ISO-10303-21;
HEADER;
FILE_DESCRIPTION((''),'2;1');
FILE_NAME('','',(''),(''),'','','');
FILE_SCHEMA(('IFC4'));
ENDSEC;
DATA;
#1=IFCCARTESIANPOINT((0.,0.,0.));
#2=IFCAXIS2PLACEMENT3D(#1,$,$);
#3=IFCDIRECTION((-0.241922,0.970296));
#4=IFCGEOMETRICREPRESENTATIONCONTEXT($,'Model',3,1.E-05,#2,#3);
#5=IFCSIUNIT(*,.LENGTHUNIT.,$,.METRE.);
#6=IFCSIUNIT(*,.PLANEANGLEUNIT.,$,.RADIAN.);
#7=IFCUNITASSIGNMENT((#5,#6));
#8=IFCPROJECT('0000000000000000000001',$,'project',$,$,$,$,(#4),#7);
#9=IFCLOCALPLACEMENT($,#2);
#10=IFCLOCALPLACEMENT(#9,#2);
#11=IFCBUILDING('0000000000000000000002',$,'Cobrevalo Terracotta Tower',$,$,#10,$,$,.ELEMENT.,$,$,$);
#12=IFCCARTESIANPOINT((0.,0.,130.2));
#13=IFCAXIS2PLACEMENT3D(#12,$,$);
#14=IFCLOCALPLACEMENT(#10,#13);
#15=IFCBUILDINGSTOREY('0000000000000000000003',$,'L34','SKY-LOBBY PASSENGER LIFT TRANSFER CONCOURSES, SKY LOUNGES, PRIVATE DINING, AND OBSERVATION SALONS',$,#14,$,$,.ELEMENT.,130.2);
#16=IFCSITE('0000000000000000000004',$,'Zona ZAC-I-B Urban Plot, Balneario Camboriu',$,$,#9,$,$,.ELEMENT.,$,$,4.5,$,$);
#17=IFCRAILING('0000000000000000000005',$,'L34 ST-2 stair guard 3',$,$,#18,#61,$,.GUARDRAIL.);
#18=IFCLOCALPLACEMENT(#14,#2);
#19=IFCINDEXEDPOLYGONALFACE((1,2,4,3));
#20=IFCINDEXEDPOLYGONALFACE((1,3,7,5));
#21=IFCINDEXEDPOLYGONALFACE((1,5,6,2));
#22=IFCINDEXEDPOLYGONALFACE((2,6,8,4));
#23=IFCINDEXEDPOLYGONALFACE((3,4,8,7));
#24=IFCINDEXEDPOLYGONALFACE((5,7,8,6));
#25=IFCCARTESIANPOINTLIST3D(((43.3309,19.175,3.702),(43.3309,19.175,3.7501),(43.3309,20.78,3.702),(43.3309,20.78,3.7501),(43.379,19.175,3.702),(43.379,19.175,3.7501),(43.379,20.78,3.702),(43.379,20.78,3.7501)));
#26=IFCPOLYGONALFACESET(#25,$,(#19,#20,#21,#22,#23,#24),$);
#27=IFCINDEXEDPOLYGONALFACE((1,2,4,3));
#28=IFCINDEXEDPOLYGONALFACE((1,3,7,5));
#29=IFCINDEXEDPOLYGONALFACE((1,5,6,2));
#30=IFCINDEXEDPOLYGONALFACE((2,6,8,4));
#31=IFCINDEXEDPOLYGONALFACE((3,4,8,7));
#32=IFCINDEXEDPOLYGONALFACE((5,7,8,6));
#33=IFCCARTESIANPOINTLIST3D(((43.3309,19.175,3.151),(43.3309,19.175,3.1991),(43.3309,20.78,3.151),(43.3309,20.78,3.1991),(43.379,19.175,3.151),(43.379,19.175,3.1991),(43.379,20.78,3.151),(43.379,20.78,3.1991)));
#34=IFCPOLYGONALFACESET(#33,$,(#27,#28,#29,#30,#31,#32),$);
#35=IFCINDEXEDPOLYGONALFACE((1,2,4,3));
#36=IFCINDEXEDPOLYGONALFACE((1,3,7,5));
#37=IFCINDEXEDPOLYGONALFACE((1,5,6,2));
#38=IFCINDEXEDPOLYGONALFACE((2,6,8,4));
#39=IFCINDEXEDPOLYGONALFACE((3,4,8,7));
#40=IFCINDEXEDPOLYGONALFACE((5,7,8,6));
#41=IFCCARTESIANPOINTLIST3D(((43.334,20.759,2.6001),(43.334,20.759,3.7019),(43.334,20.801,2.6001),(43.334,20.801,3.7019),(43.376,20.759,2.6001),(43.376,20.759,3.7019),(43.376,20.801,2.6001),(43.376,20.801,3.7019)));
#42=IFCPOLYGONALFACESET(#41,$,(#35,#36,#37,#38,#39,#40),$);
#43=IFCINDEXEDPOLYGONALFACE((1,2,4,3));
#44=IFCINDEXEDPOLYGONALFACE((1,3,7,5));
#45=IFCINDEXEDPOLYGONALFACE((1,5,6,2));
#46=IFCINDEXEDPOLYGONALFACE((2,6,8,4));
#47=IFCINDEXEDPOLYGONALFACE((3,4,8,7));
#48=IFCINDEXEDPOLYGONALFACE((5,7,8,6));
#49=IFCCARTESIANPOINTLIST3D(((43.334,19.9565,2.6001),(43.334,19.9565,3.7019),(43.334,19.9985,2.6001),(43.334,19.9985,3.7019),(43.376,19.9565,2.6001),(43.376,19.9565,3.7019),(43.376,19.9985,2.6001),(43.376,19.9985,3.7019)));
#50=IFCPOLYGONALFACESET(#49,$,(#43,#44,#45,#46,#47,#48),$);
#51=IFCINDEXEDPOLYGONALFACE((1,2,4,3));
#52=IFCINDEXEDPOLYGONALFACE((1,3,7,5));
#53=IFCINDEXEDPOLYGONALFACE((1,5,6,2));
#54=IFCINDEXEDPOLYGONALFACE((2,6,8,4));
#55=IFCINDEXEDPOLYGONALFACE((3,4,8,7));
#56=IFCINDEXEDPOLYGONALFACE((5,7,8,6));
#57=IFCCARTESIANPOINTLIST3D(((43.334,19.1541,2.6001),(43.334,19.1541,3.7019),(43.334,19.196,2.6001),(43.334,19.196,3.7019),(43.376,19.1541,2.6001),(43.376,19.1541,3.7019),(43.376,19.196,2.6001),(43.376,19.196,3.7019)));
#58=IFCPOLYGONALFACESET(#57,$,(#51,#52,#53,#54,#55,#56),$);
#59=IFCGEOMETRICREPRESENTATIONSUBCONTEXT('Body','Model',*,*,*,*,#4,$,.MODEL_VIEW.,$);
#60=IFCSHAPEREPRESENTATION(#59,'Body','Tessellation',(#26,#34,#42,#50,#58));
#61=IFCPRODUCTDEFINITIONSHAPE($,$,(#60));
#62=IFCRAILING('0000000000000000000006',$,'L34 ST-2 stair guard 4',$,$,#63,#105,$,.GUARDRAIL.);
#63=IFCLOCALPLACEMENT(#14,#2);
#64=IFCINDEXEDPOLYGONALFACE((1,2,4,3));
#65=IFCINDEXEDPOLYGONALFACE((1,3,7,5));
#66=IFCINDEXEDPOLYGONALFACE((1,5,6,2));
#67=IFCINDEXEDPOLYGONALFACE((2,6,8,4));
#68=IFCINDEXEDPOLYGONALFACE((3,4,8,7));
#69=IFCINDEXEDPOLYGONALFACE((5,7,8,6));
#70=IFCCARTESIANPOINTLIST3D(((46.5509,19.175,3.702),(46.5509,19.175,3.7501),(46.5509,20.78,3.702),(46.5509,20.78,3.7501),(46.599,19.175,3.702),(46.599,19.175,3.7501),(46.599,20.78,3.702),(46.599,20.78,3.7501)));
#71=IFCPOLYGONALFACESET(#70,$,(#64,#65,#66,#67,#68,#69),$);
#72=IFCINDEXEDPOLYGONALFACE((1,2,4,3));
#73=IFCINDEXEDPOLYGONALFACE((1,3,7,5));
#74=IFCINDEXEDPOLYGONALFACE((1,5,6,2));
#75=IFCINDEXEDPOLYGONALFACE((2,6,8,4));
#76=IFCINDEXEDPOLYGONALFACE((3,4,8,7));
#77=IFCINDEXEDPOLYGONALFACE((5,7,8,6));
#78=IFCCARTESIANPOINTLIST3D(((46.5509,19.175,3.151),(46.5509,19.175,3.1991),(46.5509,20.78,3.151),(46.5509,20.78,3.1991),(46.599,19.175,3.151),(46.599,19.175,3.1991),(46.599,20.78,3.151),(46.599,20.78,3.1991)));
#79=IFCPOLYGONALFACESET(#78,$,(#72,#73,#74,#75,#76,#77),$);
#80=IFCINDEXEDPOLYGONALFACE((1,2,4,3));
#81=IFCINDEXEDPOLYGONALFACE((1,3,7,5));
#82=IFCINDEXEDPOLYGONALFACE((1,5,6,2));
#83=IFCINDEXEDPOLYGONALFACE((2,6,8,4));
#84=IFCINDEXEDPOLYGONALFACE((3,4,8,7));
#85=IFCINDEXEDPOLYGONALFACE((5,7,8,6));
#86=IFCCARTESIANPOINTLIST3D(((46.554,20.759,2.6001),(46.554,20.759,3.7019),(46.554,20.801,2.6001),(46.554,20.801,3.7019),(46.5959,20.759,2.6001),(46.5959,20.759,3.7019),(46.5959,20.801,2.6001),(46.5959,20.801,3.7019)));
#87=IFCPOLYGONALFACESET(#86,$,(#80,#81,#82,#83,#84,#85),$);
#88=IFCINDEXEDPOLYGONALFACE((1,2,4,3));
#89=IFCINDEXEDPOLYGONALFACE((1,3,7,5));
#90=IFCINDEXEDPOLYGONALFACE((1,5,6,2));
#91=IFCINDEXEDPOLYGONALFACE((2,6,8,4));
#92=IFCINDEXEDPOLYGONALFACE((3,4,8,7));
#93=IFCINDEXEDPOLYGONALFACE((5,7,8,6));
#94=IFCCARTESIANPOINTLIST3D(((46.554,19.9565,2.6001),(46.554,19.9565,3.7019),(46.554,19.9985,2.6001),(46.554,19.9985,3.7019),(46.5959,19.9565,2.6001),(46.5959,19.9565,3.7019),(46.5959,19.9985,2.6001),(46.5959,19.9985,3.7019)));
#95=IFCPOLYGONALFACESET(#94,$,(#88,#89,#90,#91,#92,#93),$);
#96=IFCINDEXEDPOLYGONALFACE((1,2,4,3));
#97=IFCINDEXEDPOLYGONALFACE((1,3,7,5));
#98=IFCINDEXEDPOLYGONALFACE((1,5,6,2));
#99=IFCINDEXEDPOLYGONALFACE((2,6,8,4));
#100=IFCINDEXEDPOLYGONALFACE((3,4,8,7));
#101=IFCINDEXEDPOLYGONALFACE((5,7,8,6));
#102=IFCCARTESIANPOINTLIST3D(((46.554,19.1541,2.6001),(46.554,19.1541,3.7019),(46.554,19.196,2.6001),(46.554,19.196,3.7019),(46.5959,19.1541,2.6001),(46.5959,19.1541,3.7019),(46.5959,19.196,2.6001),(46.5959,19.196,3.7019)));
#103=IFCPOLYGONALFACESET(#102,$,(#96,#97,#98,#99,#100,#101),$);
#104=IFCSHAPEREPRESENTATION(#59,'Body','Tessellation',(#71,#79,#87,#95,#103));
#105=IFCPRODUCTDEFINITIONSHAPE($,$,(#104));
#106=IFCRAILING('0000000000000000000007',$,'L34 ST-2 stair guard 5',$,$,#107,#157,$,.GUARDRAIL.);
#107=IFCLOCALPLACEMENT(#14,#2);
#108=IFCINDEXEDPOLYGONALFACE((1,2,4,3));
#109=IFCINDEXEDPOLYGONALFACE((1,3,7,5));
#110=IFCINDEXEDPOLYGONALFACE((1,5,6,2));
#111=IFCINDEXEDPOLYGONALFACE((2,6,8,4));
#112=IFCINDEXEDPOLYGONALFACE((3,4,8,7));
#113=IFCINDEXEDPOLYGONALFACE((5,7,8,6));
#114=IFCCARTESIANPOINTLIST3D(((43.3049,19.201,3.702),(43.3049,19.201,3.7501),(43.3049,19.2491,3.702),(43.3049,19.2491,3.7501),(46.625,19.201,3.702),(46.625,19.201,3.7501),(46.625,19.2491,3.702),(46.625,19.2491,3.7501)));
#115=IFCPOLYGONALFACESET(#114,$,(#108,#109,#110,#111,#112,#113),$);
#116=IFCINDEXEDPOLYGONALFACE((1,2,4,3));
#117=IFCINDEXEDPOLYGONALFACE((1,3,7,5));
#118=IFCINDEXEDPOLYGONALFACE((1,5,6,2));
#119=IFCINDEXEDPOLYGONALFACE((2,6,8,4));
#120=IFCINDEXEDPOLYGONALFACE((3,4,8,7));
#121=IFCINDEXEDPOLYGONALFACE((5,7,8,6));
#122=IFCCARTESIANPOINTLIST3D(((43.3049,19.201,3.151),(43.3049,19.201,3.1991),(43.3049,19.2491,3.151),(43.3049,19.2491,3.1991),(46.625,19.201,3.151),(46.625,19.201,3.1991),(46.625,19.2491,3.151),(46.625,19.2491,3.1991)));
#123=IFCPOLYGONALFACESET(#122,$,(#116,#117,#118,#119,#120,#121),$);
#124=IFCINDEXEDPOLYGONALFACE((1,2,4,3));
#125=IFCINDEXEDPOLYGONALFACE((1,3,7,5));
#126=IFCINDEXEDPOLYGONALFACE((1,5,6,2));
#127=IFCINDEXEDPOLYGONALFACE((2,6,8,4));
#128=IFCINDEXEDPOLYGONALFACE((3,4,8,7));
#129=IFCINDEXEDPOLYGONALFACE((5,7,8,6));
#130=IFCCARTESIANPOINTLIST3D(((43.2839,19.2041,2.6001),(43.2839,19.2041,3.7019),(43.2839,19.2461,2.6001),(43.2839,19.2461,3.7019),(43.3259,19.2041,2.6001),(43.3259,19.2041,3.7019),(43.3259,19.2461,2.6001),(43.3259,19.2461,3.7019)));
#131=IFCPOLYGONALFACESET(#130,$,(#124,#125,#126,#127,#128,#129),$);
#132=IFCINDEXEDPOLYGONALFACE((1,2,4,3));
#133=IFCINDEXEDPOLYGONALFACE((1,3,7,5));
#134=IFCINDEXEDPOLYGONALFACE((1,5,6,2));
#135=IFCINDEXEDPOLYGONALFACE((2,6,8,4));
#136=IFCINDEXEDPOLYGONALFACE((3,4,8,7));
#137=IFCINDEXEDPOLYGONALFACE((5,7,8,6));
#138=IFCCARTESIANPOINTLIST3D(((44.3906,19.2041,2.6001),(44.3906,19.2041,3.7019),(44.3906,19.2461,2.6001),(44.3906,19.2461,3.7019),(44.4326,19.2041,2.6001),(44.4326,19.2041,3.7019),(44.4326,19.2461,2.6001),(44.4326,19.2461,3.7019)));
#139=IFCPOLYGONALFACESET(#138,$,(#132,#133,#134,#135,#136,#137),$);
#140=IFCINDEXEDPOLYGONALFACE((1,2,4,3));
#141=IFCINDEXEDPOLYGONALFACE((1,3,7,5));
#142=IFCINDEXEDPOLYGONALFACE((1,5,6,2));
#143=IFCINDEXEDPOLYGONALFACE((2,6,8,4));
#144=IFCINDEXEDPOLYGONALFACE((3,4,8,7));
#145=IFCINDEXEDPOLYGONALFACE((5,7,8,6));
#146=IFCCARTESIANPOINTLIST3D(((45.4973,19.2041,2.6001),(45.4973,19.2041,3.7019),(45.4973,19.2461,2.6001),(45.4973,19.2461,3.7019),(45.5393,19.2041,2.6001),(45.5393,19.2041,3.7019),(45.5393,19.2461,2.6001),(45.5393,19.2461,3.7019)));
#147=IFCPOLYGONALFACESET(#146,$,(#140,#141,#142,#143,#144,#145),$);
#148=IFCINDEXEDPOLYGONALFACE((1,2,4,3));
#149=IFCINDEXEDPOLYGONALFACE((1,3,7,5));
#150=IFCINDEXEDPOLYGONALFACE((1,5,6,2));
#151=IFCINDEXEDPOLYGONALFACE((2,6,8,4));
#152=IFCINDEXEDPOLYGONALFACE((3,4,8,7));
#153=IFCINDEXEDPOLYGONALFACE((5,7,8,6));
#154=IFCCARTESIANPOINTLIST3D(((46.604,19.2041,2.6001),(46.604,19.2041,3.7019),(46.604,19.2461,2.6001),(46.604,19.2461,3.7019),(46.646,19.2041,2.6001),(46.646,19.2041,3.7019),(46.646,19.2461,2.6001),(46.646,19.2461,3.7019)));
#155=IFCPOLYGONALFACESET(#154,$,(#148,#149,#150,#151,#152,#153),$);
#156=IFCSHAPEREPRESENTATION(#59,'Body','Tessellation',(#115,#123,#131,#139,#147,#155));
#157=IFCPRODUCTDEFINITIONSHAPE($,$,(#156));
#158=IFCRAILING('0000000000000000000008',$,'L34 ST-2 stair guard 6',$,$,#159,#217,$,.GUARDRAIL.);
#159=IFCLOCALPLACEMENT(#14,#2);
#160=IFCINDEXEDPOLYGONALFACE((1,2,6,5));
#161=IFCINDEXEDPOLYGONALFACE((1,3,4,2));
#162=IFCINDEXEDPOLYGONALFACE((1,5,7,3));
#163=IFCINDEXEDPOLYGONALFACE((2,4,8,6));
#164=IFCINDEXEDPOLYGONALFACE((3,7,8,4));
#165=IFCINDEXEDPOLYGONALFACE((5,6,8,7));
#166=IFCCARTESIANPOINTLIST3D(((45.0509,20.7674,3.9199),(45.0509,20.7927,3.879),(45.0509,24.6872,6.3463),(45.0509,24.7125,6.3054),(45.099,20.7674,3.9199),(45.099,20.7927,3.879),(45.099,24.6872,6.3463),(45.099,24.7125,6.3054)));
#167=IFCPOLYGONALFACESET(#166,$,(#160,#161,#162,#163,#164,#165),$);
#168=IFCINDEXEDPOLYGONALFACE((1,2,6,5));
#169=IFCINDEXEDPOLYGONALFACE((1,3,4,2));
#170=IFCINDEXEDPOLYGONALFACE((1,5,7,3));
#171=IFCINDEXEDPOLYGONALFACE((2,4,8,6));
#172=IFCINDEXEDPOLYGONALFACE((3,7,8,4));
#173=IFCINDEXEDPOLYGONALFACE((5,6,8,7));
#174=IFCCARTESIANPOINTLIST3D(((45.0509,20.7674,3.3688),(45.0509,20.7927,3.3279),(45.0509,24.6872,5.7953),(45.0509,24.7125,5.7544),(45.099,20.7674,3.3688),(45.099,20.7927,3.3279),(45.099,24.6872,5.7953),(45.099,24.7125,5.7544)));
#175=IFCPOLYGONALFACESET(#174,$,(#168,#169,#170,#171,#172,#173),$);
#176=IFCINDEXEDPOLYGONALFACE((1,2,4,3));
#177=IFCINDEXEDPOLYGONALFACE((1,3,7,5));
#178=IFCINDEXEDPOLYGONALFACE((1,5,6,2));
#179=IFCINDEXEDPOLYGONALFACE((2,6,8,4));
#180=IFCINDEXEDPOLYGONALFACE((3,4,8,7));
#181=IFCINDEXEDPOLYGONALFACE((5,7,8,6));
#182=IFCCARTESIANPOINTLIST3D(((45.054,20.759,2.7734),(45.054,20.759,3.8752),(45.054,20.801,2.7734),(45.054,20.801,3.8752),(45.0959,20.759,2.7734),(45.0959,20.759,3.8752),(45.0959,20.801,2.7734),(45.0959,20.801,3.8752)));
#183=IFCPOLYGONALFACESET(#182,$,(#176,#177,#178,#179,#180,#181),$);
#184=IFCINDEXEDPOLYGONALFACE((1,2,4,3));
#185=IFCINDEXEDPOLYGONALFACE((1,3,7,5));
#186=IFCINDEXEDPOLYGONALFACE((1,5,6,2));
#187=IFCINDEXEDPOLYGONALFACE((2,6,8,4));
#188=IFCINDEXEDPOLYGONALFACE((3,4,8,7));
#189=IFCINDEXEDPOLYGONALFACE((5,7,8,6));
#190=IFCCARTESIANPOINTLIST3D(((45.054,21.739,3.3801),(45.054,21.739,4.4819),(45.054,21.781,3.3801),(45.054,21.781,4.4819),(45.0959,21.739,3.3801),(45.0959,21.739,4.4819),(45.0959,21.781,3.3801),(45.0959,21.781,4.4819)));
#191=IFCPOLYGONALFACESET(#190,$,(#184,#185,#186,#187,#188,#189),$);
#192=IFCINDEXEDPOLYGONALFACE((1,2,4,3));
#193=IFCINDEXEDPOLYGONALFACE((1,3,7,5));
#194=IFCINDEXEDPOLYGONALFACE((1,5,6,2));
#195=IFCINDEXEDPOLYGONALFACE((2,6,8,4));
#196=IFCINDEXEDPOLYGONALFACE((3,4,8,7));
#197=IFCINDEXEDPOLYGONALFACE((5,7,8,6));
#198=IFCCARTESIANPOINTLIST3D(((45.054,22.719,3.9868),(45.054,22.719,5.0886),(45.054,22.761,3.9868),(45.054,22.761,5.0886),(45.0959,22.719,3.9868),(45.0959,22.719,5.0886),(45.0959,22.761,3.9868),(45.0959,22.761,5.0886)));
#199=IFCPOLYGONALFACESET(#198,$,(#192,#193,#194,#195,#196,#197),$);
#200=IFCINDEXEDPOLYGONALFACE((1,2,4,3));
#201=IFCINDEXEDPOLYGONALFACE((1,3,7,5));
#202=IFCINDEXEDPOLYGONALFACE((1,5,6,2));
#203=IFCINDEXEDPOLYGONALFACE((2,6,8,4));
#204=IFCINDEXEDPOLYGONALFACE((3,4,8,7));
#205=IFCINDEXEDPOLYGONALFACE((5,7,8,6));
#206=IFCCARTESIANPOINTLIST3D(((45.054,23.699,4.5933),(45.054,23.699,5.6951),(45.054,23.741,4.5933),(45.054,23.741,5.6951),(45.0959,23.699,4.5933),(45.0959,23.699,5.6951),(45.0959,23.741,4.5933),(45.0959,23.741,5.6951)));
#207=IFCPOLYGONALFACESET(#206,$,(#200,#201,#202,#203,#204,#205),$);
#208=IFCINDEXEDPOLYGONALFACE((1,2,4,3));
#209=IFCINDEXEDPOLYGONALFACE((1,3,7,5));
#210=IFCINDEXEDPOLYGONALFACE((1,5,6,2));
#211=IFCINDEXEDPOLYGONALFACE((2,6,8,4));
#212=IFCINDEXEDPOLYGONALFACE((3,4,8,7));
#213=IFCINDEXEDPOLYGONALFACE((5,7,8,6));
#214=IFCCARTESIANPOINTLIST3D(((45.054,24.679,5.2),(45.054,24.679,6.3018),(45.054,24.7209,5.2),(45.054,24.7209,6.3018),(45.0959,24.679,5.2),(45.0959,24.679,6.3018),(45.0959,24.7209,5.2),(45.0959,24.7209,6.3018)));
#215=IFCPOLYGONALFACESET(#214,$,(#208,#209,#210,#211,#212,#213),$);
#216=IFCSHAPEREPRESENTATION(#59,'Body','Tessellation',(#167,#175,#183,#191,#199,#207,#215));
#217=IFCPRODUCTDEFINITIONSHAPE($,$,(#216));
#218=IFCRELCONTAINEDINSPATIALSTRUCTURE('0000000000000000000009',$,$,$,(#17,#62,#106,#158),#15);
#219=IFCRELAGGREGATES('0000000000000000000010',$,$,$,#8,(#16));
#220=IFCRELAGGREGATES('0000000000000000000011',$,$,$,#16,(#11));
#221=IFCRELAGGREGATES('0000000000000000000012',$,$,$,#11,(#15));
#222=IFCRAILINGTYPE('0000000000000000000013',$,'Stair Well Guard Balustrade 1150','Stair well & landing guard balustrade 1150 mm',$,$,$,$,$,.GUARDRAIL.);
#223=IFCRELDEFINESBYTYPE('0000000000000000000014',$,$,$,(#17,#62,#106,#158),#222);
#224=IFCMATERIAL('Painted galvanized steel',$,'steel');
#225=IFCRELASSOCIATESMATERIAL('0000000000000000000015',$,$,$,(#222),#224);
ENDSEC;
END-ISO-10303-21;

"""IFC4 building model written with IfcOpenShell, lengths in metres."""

from ifc_helpers import new_model, si_unit, direction, frame, origin, origin_2d, place, context, subcontext, project, spatial, rectangle, extrude, material, type_object, element, save


model = new_model("IFC4")

# Units and contexts
model_context = context("Model", 3, precision=1e-05, world=origin(), true_north=direction((-0.241922, 0.970296)))
body_context = subcontext(model_context, "Body", "Model", "MODEL_VIEW")
ifc_project = project(units=[si_unit("LENGTHUNIT", "METRE"), si_unit("PLANEANGLEUNIT", "RADIAN")], contexts=[model_context])

# Site, building, storey
site_placement = place(None, origin())
site = spatial("IfcSite", under=ifc_project, at=site_placement, Name="Zona ZAC-I-B Urban Plot, Balneario Camboriu", CompositionType="ELEMENT", RefElevation=4.5)
building_placement = place(site_placement, origin())
building = spatial("IfcBuilding", under=site, at=building_placement, Name="Cobrevalo Terracotta Tower", CompositionType="ELEMENT")
storey_placement = place(building_placement, frame((0.0, 0.0, 130.2)))
storey = spatial("IfcBuildingStorey", under=building, at=storey_placement, Name="L34", Description="SKY-LOBBY PASSENGER LIFT TRANSFER CONCOURSES, SKY LOUNGES, PRIVATE DINING, AND OBSERVATION SALONS", CompositionType="ELEMENT", Elevation=130.2)

# Railings
ifc_material_1 = material(Name="Painted galvanized steel", Category="steel")
railing_type_1 = type_object("IfcRailingType", Name="Stair Well Guard Balustrade 1150", Description="Stair well & landing guard balustrade 1150 mm", PredefinedType="GUARDRAIL", material=ifc_material_1)
for number, where, name in (
    (1, (43.355, 20.78, 2.6001), "L34 ST-2 stair guard 3"),
    (2, (46.575, 20.78, 2.6001), "L34 ST-2 stair guard 4"),
):
    element("IfcRailing", number, at=place(storey_placement, frame(where)), inside=storey, type_object=railing_type_1, Name=name, PredefinedType="GUARDRAIL", context=body_context, shape_type="SweptSolid", body=[
        extrude(rectangle(XDim=0.0481, YDim=0.0481, at=origin_2d()), frame((0.0, 0.0, 1.126), z_axis=(0.0, -1.0, 0.0), x_axis=(1.0, 0.0, 0.0)), (0.0, 0.0, 1.0), 1.605),
        extrude(rectangle(XDim=0.0481, YDim=0.0481, at=origin_2d()), frame((0.0, 0.0, 0.575), z_axis=(0.0, -1.0, 0.0), x_axis=(1.0, 0.0, 0.0)), (0.0, 0.0, 1.0), 1.605),
        extrude(rectangle(XDim=0.042, YDim=0.042, at=origin_2d()), origin(), (0.0, 0.0, 1.0), 1.1018),
        extrude(rectangle(XDim=0.042, YDim=0.042, at=origin_2d()), frame((0.0, -0.8025, 0.0)), (0.0, 0.0, 1.0), 1.1018),
        extrude(rectangle(XDim=0.042, YDim=0.042, at=origin_2d()), frame((0.0, -1.605, 0.0)), (0.0, 0.0, 1.0), 1.1018),
    ])
railing_1_placement = place(storey_placement, frame((43.3049, 19.2251, 2.6001)))
element("IfcRailing", 3, at=railing_1_placement, inside=storey, type_object=railing_type_1, Name="L34 ST-2 stair guard 5", PredefinedType="GUARDRAIL", context=body_context, shape_type="SweptSolid", body=[
    extrude(rectangle(XDim=0.0481, YDim=0.0481, at=origin_2d()), frame((0.0, 0.0, 1.126), z_axis=(1.0, 0.0, 0.0), x_axis=(0.0, 1.0, 0.0)), (0.0, 0.0, 1.0), 3.3201),
    extrude(rectangle(XDim=0.0481, YDim=0.0481, at=origin_2d()), frame((0.0, 0.0, 0.575), z_axis=(1.0, 0.0, 0.0), x_axis=(0.0, 1.0, 0.0)), (0.0, 0.0, 1.0), 3.3201),
    extrude(rectangle(XDim=0.042, YDim=0.042, at=origin_2d()), origin(), (0.0, 0.0, 1.0), 1.1018),
    extrude(rectangle(XDim=0.042, YDim=0.042, at=origin_2d()), frame((1.1067, 0.0, 0.0)), (0.0, 0.0, 1.0), 1.1018),
    extrude(rectangle(XDim=0.042, YDim=0.042, at=origin_2d()), frame((2.2134, 0.0, 0.0)), (0.0, 0.0, 1.0), 1.1018),
    extrude(rectangle(XDim=0.042, YDim=0.042, at=origin_2d()), frame((3.3201, 0.0, 0.0)), (0.0, 0.0, 1.0), 1.1018),
])
railing_2_placement = place(storey_placement, frame((45.075, 20.78, 2.7734)))
element("IfcRailing", 4, at=railing_2_placement, inside=storey, type_object=railing_type_1, Name="L34 ST-2 stair guard 6", PredefinedType="GUARDRAIL", context=body_context, shape_type="SweptSolid", body=[
    extrude(rectangle(XDim=0.0481, YDim=0.0481, at=origin_2d()), frame((0.0, 0.0, 1.126), z_axis=(0.0, 0.850275, 0.526338), x_axis=(-1.0, 0.0, 0.0)), (0.0, 0.0, 1.0), 4.6101),
    extrude(rectangle(XDim=0.0481, YDim=0.0481, at=origin_2d()), frame((0.0, 0.0, 0.575), z_axis=(0.0, 0.850275, 0.526338), x_axis=(-1.0, 0.0, 0.0)), (0.0, 0.0, 1.0), 4.6101),
    extrude(rectangle(XDim=0.042, YDim=0.042, at=origin_2d()), origin(), (0.0, 0.0, 1.0), 1.1018),
    extrude(rectangle(XDim=0.042, YDim=0.042, at=origin_2d()), frame((0.0, 0.98, 0.6067)), (0.0, 0.0, 1.0), 1.1018),
    extrude(rectangle(XDim=0.042, YDim=0.042, at=origin_2d()), frame((0.0, 1.96, 1.2134)), (0.0, 0.0, 1.0), 1.1018),
    extrude(rectangle(XDim=0.042, YDim=0.042, at=origin_2d()), frame((0.0, 2.9399, 1.8198)), (0.0, 0.0, 1.0), 1.1018),
    extrude(rectangle(XDim=0.042, YDim=0.042, at=origin_2d()), frame((0.0, 3.9199, 2.4265)), (0.0, 0.0, 1.0), 1.1018),
])

save(model, "model.ifc")
